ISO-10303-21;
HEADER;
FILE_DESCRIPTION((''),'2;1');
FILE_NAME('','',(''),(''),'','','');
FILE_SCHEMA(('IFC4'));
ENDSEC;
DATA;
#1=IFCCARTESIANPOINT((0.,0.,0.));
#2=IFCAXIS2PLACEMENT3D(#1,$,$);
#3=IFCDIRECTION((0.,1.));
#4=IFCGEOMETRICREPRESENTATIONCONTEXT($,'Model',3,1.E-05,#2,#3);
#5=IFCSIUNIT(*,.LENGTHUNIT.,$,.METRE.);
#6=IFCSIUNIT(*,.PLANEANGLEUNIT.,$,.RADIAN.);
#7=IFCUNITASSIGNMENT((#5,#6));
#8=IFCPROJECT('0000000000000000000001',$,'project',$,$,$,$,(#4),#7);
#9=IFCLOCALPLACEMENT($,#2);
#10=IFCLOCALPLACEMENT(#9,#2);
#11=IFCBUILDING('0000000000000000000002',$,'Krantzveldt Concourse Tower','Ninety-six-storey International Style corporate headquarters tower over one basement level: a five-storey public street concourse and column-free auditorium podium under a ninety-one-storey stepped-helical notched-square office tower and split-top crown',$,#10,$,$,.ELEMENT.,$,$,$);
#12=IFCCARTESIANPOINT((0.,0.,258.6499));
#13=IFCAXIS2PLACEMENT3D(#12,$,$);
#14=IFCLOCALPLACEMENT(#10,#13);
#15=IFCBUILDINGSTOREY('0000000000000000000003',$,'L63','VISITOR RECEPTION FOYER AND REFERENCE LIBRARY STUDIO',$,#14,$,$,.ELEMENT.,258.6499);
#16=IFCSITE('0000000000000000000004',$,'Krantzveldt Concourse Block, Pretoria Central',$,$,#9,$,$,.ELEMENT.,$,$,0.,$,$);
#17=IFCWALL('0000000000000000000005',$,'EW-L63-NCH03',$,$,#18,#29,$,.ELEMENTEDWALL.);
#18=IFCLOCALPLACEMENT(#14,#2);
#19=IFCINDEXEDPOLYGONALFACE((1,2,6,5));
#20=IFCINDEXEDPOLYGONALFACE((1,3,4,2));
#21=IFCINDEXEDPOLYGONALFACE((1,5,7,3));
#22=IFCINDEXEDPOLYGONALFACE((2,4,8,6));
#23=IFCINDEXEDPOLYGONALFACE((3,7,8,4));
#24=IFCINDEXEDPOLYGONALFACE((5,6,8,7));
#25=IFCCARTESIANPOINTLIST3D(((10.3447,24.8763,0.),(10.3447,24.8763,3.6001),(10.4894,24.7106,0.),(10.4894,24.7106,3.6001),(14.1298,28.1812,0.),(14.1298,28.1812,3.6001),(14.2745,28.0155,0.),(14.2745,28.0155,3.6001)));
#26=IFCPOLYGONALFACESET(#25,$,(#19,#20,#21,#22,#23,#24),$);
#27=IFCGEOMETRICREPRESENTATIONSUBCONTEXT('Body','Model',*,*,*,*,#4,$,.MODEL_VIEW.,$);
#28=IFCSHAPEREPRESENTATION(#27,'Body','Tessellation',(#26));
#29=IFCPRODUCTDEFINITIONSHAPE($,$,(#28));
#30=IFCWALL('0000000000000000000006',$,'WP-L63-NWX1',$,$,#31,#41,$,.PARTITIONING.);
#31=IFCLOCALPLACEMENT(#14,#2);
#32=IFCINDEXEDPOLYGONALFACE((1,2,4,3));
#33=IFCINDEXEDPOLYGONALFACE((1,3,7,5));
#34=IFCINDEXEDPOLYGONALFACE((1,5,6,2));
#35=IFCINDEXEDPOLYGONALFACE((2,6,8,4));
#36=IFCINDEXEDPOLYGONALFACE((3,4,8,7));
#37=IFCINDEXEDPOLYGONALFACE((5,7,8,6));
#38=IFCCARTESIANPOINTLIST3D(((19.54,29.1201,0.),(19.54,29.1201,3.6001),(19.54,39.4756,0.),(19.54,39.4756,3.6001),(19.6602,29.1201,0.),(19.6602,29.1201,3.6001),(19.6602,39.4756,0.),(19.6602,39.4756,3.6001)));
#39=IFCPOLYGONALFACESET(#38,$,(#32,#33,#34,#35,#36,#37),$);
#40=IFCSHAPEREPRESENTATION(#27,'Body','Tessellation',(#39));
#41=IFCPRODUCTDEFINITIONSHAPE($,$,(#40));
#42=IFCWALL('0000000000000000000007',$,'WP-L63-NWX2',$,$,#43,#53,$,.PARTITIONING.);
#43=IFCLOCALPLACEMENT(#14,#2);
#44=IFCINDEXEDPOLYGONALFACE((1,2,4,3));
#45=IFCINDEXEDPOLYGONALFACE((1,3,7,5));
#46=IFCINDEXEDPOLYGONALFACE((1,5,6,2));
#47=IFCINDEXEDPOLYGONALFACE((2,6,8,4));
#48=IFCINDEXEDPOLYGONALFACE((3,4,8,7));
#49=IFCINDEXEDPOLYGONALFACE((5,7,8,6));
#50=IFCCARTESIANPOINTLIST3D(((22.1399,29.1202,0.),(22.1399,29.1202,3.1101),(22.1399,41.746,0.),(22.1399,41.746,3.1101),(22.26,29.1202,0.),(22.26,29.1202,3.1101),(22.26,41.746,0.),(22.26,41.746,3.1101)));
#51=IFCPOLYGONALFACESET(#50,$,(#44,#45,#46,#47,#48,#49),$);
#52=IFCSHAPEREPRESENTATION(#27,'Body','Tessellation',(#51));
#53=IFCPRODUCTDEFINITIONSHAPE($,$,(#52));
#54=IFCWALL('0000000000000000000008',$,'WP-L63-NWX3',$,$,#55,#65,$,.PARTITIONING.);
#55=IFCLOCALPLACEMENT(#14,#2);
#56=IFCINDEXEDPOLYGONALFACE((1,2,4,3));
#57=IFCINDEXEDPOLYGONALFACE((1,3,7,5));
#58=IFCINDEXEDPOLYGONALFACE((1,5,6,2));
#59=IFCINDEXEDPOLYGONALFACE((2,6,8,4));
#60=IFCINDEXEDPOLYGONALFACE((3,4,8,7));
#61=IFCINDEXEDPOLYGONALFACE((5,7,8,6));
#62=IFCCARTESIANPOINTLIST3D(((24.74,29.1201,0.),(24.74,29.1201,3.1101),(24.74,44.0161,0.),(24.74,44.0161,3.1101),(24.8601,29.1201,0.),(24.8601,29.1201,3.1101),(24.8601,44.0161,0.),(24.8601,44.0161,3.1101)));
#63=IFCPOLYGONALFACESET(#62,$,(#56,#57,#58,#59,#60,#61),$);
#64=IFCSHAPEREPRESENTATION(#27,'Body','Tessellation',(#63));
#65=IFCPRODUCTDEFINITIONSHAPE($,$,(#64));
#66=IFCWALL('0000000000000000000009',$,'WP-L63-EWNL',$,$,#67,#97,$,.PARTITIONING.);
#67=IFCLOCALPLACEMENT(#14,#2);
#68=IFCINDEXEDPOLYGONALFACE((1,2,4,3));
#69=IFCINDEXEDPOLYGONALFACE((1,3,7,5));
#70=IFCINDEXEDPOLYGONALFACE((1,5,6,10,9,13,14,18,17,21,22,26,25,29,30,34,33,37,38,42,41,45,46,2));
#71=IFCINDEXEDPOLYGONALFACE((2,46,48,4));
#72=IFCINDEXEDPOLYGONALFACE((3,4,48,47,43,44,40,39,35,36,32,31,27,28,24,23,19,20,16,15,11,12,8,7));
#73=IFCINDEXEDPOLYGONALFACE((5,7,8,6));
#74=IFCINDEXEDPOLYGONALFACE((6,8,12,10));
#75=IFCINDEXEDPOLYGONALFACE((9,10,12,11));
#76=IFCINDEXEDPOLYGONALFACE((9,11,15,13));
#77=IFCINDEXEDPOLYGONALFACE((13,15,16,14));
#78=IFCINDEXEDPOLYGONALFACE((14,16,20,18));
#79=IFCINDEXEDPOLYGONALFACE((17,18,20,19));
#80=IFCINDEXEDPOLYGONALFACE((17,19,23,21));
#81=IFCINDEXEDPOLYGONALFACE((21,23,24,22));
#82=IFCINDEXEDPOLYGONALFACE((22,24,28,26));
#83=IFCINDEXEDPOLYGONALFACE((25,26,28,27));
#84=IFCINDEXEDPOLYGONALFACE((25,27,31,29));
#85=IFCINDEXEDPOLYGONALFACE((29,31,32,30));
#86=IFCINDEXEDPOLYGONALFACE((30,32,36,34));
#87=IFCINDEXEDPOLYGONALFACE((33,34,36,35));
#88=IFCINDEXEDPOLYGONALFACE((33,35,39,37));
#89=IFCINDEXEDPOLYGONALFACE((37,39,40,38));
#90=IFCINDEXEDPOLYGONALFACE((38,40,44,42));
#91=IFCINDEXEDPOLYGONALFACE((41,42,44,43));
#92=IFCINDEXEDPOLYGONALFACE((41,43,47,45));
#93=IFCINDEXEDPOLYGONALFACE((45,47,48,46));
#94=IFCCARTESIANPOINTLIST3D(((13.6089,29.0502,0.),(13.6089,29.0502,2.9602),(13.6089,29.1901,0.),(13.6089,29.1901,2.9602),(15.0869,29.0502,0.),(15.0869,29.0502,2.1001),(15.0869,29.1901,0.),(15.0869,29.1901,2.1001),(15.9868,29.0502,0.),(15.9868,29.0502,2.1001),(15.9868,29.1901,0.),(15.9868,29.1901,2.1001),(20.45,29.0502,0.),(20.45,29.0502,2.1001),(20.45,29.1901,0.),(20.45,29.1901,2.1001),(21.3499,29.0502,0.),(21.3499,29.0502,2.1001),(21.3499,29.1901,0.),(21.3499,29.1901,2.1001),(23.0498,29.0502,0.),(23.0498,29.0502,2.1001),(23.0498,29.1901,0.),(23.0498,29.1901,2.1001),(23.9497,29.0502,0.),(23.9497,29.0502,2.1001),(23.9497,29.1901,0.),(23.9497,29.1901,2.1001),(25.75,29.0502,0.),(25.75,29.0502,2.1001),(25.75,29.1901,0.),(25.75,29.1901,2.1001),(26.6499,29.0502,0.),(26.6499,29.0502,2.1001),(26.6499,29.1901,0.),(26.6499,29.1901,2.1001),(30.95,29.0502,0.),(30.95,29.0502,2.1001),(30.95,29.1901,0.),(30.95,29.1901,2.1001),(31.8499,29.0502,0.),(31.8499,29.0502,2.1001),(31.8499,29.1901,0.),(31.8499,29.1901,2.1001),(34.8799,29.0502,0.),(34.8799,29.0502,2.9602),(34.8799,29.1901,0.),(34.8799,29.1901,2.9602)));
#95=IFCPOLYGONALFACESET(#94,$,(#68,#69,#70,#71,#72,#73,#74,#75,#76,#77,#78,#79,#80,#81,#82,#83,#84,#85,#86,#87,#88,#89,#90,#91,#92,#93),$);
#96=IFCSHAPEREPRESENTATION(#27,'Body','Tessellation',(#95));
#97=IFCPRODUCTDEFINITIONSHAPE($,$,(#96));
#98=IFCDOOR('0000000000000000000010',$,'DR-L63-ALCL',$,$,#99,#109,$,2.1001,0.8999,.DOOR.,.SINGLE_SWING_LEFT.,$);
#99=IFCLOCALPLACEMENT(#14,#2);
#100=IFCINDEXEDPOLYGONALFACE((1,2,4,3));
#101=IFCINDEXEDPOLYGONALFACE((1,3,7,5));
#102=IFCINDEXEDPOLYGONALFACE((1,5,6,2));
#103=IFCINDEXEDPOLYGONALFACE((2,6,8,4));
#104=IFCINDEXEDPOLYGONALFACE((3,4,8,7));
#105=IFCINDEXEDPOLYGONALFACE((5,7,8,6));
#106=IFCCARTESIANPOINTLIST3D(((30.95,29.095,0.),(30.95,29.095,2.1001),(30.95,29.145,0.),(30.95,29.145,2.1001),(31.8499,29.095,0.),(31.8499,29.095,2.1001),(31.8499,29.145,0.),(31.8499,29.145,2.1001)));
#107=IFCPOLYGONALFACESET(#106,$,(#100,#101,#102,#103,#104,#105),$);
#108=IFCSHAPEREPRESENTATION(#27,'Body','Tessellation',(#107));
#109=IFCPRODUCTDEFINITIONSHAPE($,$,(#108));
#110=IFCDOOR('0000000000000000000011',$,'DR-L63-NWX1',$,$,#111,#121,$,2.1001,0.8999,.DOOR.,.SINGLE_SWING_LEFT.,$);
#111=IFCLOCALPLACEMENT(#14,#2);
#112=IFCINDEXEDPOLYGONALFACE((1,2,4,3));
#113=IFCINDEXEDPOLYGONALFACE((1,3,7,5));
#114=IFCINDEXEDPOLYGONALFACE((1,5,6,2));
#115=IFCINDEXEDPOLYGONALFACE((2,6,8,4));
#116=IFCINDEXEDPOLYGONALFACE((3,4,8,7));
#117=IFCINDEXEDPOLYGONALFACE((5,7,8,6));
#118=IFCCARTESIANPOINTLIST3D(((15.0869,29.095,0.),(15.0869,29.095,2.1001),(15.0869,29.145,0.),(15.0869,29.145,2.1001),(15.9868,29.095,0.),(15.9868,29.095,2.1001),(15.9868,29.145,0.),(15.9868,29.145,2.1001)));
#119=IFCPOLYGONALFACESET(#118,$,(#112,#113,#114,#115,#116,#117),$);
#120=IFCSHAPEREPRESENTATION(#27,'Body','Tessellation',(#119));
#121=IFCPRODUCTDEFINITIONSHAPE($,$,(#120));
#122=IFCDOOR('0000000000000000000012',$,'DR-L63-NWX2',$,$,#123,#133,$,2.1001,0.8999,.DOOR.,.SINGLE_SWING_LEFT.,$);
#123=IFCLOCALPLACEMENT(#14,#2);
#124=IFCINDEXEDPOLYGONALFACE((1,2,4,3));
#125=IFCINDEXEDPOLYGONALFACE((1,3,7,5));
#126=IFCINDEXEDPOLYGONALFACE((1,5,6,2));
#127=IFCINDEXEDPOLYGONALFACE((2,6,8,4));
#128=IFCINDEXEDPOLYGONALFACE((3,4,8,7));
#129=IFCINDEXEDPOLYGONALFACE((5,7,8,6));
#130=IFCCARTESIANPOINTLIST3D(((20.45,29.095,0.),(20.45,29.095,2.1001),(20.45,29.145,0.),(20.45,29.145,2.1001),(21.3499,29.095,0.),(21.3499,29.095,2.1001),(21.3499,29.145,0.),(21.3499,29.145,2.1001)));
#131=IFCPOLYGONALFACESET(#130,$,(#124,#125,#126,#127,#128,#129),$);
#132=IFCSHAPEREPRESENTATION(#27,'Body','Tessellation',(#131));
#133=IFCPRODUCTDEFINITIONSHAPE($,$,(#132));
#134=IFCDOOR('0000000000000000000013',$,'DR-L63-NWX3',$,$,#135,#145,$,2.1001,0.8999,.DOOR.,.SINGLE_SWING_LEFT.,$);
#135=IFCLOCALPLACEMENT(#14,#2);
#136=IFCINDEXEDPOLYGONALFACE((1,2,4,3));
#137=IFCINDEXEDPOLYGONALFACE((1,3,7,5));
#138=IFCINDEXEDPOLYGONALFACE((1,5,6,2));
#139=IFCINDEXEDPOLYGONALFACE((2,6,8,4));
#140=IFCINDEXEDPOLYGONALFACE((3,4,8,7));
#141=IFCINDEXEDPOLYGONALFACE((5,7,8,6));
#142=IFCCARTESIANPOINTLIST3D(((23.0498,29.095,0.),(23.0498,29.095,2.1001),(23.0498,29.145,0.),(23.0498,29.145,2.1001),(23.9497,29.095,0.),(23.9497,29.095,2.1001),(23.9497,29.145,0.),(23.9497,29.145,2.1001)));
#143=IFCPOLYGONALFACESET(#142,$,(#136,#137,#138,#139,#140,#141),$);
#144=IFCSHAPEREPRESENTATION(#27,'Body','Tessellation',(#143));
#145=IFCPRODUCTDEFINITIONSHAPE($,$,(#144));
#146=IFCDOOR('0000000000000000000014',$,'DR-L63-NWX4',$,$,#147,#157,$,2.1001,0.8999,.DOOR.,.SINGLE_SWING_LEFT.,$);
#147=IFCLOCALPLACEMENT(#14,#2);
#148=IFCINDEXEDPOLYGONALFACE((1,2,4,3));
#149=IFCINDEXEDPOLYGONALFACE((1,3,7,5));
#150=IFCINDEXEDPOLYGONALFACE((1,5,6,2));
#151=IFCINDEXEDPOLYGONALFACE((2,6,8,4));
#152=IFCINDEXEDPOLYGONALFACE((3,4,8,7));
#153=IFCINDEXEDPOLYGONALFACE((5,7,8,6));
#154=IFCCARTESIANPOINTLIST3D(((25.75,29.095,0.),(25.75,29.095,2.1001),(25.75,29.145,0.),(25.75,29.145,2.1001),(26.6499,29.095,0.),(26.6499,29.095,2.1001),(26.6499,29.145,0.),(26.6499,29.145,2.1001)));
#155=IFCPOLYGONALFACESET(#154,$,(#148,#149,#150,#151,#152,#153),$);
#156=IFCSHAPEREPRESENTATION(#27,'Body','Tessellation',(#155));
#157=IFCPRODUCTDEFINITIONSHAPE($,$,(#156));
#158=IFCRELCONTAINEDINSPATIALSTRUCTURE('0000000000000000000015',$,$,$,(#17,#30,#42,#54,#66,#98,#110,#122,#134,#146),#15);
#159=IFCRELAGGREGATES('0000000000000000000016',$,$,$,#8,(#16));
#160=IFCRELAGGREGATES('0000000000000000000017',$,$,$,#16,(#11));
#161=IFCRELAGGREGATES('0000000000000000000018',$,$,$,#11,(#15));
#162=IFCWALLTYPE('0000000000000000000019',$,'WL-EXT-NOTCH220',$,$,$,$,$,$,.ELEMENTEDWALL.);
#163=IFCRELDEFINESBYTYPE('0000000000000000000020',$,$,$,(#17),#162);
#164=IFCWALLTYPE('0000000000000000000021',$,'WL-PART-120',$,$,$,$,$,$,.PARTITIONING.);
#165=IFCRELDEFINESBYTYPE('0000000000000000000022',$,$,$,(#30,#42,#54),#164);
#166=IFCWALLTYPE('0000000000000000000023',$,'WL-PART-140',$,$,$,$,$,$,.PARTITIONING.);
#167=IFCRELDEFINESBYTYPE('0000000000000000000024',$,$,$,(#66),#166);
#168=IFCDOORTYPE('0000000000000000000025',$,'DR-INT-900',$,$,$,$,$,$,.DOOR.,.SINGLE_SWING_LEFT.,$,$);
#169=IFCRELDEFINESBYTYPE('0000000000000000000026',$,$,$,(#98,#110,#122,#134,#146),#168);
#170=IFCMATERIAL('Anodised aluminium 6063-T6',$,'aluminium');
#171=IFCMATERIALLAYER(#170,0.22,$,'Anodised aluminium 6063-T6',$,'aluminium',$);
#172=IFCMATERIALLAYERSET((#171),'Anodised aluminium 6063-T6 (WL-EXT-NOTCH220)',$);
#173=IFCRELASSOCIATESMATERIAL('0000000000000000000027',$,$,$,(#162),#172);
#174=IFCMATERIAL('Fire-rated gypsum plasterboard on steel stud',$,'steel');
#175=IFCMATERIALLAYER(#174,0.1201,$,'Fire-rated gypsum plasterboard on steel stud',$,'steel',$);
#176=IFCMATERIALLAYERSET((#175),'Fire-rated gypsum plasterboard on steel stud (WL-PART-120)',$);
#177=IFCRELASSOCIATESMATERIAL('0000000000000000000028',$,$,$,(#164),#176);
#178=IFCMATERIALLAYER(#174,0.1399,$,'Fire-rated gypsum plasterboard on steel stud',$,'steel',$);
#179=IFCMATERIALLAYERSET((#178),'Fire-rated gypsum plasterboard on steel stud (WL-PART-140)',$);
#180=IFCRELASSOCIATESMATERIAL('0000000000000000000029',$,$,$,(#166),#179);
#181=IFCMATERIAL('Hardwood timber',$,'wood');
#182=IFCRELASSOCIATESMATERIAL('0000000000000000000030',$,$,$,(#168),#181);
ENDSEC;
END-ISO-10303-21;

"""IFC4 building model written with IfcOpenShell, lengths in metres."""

from ifc_helpers import new_model, si_unit, direction, frame, frame_2d, origin, place, context, subcontext, project, spatial, rectangle, extrude, material, layer, layer_set, type_object, element, fill, save


model = new_model("IFC4")

# Units and contexts
model_context = context("Model", 3, precision=1e-05, world=origin(), true_north=direction((0.0, 1.0)))
body_context = subcontext(model_context, "Body", "Model", "MODEL_VIEW")
ifc_project = project(units=[si_unit("LENGTHUNIT", "METRE"), si_unit("PLANEANGLEUNIT", "RADIAN")], contexts=[model_context])

# Site, building, storey
site_placement = place(None, origin())
site = spatial("IfcSite", under=ifc_project, at=site_placement, Name="Krantzveldt Concourse Block, Pretoria Central", CompositionType="ELEMENT", RefElevation=0.0)
building_placement = place(site_placement, origin())
building = spatial("IfcBuilding", under=site, at=building_placement, Name="Krantzveldt Concourse Tower", Description="Ninety-six-storey International Style corporate headquarters tower over one basement level: a five-storey public street concourse and column-free auditorium podium under a ninety-one-storey stepped-helical notched-square office tower and split-top crown", CompositionType="ELEMENT")
storey_placement = place(building_placement, frame((0.0, 0.0, 258.6499)))
storey = spatial("IfcBuildingStorey", under=building, at=storey_placement, Name="L63", Description="VISITOR RECEPTION FOYER AND REFERENCE LIBRARY STUDIO", CompositionType="ELEMENT", Elevation=258.6499)

# Shared definitions
ifc_material_1 = material(Name="Anodised aluminium 6063-T6", Category="aluminium")

# Walls
ifc_layer_1 = layer(ifc_material_1, 0.22, Name="Anodised aluminium 6063-T6", Category="aluminium")
ifc_layer_set_1 = layer_set([ifc_layer_1], Name="Anodised aluminium 6063-T6 (WL-EXT-NOTCH220)")
wall_type_1 = type_object("IfcWallType", Name="WL-EXT-NOTCH220", PredefinedType="ELEMENTEDWALL", material=ifc_layer_set_1)
wall_1_placement = place(storey_placement, frame((14.2021, 28.0984, 0.0), z_axis=(0.0, 0.0, 1.0), x_axis=(-0.753275, -0.657706, 0.0)))
element("IfcWall", 1, at=wall_1_placement, inside=storey, type_object=wall_type_1, Name="EW-L63-NCH03", PredefinedType="ELEMENTEDWALL", context=body_context, shape_type="SweptSolid", body=[
    extrude(rectangle(XDim=5.0249, YDim=0.22, at=frame_2d((2.5125, 0.0))), origin(), (0.0, 0.0, 1.0), 3.6001),
])
ifc_material_2 = material(Name="Fire-rated gypsum plasterboard on steel stud", Category="steel")
ifc_layer_2 = layer(ifc_material_2, 0.1201, Name="Fire-rated gypsum plasterboard on steel stud", Category="steel")
ifc_layer_set_2 = layer_set([ifc_layer_2], Name="Fire-rated gypsum plasterboard on steel stud (WL-PART-120)")
wall_type_2 = type_object("IfcWallType", Name="WL-PART-120", PredefinedType="PARTITIONING", material=ifc_layer_set_2)
wall_2_placement = place(storey_placement, frame((19.6001, 29.1201, 0.0), z_axis=(0.0, 0.0, 1.0), x_axis=(0.0, 1.0, 0.0)))
element("IfcWall", 2, at=wall_2_placement, inside=storey, type_object=wall_type_2, Name="WP-L63-NWX1", PredefinedType="PARTITIONING", context=body_context, shape_type="SweptSolid", body=[
    extrude(rectangle(XDim=10.3555, YDim=0.1201, at=frame_2d((5.1777, 0.0))), origin(), (0.0, 0.0, 1.0), 3.6001),
])
wall_3_placement = place(storey_placement, frame((22.2, 29.1201, 0.0), z_axis=(0.0, 0.0, 1.0), x_axis=(0.0, 1.0, 0.0)))
element("IfcWall", 3, at=wall_3_placement, inside=storey, type_object=wall_type_2, Name="WP-L63-NWX2", PredefinedType="PARTITIONING", context=body_context, shape_type="SweptSolid", body=[
    extrude(rectangle(XDim=12.6257, YDim=0.1201, at=frame_2d((6.313, 0.0))), origin(), (0.0, 0.0, 1.0), 3.1101),
])
wall_4_placement = place(storey_placement, frame((24.8, 29.1201, 0.0), z_axis=(0.0, 0.0, 1.0), x_axis=(0.0, 1.0, 0.0)))
element("IfcWall", 4, at=wall_4_placement, inside=storey, type_object=wall_type_2, Name="WP-L63-NWX3", PredefinedType="PARTITIONING", context=body_context, shape_type="SweptSolid", body=[
    extrude(rectangle(XDim=14.896, YDim=0.1201, at=frame_2d((7.448, 0.0))), origin(), (0.0, 0.0, 1.0), 3.1101),
])

# Wall, openings, doors
ifc_layer_3 = layer(ifc_material_2, 0.1399, Name="Fire-rated gypsum plasterboard on steel stud", Category="steel")
ifc_layer_set_3 = layer_set([ifc_layer_3], Name="Fire-rated gypsum plasterboard on steel stud (WL-PART-140)")
wall_type_3 = type_object("IfcWallType", Name="WL-PART-140", PredefinedType="PARTITIONING", material=ifc_layer_set_3)
wall_5_placement = place(storey_placement, frame((13.6089, 29.1201, 0.0), z_axis=(0.0, 0.0, 1.0), x_axis=(1.0, 0.0, 0.0)))
wall_5 = element("IfcWall", 5, at=wall_5_placement, inside=storey, type_object=wall_type_3, Name="WP-L63-EWNL", PredefinedType="PARTITIONING", context=body_context, shape_type="SweptSolid", body=[
    extrude(rectangle(XDim=21.271, YDim=0.1399, at=frame_2d((10.6355, 0.0))), origin(), (0.0, 0.0, 1.0), 2.9602),
])
opening_1_placement = place(wall_5_placement, frame((17.3411, 0.0, 0.0)))
opening_1 = element("IfcOpeningElement", 6, at=opening_1_placement, cuts=wall_5, PredefinedType="OPENING", context=body_context, shape_type="SweptSolid", body=[
    extrude(rectangle(XDim=0.8999, YDim=2.1001, at=frame_2d((0.45, 1.05))), frame((0.0, 0.0801, 0.0), z_axis=(0.0, -1.0, 0.0), x_axis=(1.0, 0.0, 0.0)), (0.0, 0.0, 1.0), 0.1599),
])
opening_2_placement = place(wall_5_placement, frame((1.478, 0.0, 0.0)))
opening_2 = element("IfcOpeningElement", 7, at=opening_2_placement, cuts=wall_5, PredefinedType="OPENING", context=body_context, shape_type="SweptSolid", body=[
    extrude(rectangle(XDim=0.8999, YDim=2.1001, at=frame_2d((0.45, 1.05))), frame((0.0, 0.0801, 0.0), z_axis=(0.0, -1.0, 0.0), x_axis=(1.0, 0.0, 0.0)), (0.0, 0.0, 1.0), 0.1599),
])
opening_3_placement = place(wall_5_placement, frame((6.8411, 0.0, 0.0)))
opening_3 = element("IfcOpeningElement", 8, at=opening_3_placement, cuts=wall_5, PredefinedType="OPENING", context=body_context, shape_type="SweptSolid", body=[
    extrude(rectangle(XDim=0.8999, YDim=2.1001, at=frame_2d((0.45, 1.05))), frame((0.0, 0.0801, 0.0), z_axis=(0.0, -1.0, 0.0), x_axis=(1.0, 0.0, 0.0)), (0.0, 0.0, 1.0), 0.1599),
])
opening_4_placement = place(wall_5_placement, frame((9.4409, 0.0, 0.0)))
opening_4 = element("IfcOpeningElement", 9, at=opening_4_placement, cuts=wall_5, PredefinedType="OPENING", context=body_context, shape_type="SweptSolid", body=[
    extrude(rectangle(XDim=0.8999, YDim=2.1001, at=frame_2d((0.45, 1.05))), frame((0.0, 0.0801, 0.0), z_axis=(0.0, -1.0, 0.0), x_axis=(1.0, 0.0, 0.0)), (0.0, 0.0, 1.0), 0.1599),
])
opening_5_placement = place(wall_5_placement, frame((12.1411, 0.0, 0.0)))
opening_5 = element("IfcOpeningElement", 10, at=opening_5_placement, cuts=wall_5, PredefinedType="OPENING", context=body_context, shape_type="SweptSolid", body=[
    extrude(rectangle(XDim=0.8999, YDim=2.1001, at=frame_2d((0.45, 1.05))), frame((0.0, 0.0801, 0.0), z_axis=(0.0, -1.0, 0.0), x_axis=(1.0, 0.0, 0.0)), (0.0, 0.0, 1.0), 0.1599),
])
ifc_material_3 = material(Name="Hardwood timber", Category="wood")
door_type = type_object("IfcDoorType", Name="DR-INT-900", OperationType="SINGLE_SWING_LEFT", PredefinedType="DOOR", material=ifc_material_3)
door_1_placement = place(opening_1_placement, origin())
door_1 = element("IfcDoor", 11, at=door_1_placement, inside=storey, type_object=door_type, Name="DR-L63-ALCL", OperationType="SINGLE_SWING_LEFT", OverallHeight=2.1001, OverallWidth=0.8999, PredefinedType="DOOR", context=body_context, shape_type="SweptSolid", body=[
    extrude(rectangle(XDim=0.8999, YDim=2.1001, at=frame_2d((0.45, 1.05))), frame((0.0, 0.0249, 0.0), z_axis=(0.0, -1.0, 0.0), x_axis=(1.0, 0.0, 0.0)), (0.0, 0.0, 1.0), 0.05),
])
fill(opening_1, door_1)
door_2_placement = place(opening_2_placement, origin())
door_2 = element("IfcDoor", 12, at=door_2_placement, inside=storey, type_object=door_type, Name="DR-L63-NWX1", OperationType="SINGLE_SWING_LEFT", OverallHeight=2.1001, OverallWidth=0.8999, PredefinedType="DOOR", context=body_context, shape_type="SweptSolid", body=[
    extrude(rectangle(XDim=0.8999, YDim=2.1001, at=frame_2d((0.45, 1.05))), frame((0.0, 0.0249, 0.0), z_axis=(0.0, -1.0, 0.0), x_axis=(1.0, 0.0, 0.0)), (0.0, 0.0, 1.0), 0.05),
])
fill(opening_2, door_2)
door_3_placement = place(opening_3_placement, origin())
door_3 = element("IfcDoor", 13, at=door_3_placement, inside=storey, type_object=door_type, Name="DR-L63-NWX2", OperationType="SINGLE_SWING_LEFT", OverallHeight=2.1001, OverallWidth=0.8999, PredefinedType="DOOR", context=body_context, shape_type="SweptSolid", body=[
    extrude(rectangle(XDim=0.8999, YDim=2.1001, at=frame_2d((0.45, 1.05))), frame((0.0, 0.0249, 0.0), z_axis=(0.0, -1.0, 0.0), x_axis=(1.0, 0.0, 0.0)), (0.0, 0.0, 1.0), 0.05),
])
fill(opening_3, door_3)
door_4_placement = place(opening_4_placement, origin())
door_4 = element("IfcDoor", 14, at=door_4_placement, inside=storey, type_object=door_type, Name="DR-L63-NWX3", OperationType="SINGLE_SWING_LEFT", OverallHeight=2.1001, OverallWidth=0.8999, PredefinedType="DOOR", context=body_context, shape_type="SweptSolid", body=[
    extrude(rectangle(XDim=0.8999, YDim=2.1001, at=frame_2d((0.45, 1.05))), frame((0.0, 0.0249, 0.0), z_axis=(0.0, -1.0, 0.0), x_axis=(1.0, 0.0, 0.0)), (0.0, 0.0, 1.0), 0.05),
])
fill(opening_4, door_4)
door_5_placement = place(opening_5_placement, origin())
door_5 = element("IfcDoor", 15, at=door_5_placement, inside=storey, type_object=door_type, Name="DR-L63-NWX4", OperationType="SINGLE_SWING_LEFT", OverallHeight=2.1001, OverallWidth=0.8999, PredefinedType="DOOR", context=body_context, shape_type="SweptSolid", body=[
    extrude(rectangle(XDim=0.8999, YDim=2.1001, at=frame_2d((0.45, 1.05))), frame((0.0, 0.0249, 0.0), z_axis=(0.0, -1.0, 0.0), x_axis=(1.0, 0.0, 0.0)), (0.0, 0.0, 1.0), 0.05),
])
fill(opening_5, door_5)

save(model, "model.ifc")
